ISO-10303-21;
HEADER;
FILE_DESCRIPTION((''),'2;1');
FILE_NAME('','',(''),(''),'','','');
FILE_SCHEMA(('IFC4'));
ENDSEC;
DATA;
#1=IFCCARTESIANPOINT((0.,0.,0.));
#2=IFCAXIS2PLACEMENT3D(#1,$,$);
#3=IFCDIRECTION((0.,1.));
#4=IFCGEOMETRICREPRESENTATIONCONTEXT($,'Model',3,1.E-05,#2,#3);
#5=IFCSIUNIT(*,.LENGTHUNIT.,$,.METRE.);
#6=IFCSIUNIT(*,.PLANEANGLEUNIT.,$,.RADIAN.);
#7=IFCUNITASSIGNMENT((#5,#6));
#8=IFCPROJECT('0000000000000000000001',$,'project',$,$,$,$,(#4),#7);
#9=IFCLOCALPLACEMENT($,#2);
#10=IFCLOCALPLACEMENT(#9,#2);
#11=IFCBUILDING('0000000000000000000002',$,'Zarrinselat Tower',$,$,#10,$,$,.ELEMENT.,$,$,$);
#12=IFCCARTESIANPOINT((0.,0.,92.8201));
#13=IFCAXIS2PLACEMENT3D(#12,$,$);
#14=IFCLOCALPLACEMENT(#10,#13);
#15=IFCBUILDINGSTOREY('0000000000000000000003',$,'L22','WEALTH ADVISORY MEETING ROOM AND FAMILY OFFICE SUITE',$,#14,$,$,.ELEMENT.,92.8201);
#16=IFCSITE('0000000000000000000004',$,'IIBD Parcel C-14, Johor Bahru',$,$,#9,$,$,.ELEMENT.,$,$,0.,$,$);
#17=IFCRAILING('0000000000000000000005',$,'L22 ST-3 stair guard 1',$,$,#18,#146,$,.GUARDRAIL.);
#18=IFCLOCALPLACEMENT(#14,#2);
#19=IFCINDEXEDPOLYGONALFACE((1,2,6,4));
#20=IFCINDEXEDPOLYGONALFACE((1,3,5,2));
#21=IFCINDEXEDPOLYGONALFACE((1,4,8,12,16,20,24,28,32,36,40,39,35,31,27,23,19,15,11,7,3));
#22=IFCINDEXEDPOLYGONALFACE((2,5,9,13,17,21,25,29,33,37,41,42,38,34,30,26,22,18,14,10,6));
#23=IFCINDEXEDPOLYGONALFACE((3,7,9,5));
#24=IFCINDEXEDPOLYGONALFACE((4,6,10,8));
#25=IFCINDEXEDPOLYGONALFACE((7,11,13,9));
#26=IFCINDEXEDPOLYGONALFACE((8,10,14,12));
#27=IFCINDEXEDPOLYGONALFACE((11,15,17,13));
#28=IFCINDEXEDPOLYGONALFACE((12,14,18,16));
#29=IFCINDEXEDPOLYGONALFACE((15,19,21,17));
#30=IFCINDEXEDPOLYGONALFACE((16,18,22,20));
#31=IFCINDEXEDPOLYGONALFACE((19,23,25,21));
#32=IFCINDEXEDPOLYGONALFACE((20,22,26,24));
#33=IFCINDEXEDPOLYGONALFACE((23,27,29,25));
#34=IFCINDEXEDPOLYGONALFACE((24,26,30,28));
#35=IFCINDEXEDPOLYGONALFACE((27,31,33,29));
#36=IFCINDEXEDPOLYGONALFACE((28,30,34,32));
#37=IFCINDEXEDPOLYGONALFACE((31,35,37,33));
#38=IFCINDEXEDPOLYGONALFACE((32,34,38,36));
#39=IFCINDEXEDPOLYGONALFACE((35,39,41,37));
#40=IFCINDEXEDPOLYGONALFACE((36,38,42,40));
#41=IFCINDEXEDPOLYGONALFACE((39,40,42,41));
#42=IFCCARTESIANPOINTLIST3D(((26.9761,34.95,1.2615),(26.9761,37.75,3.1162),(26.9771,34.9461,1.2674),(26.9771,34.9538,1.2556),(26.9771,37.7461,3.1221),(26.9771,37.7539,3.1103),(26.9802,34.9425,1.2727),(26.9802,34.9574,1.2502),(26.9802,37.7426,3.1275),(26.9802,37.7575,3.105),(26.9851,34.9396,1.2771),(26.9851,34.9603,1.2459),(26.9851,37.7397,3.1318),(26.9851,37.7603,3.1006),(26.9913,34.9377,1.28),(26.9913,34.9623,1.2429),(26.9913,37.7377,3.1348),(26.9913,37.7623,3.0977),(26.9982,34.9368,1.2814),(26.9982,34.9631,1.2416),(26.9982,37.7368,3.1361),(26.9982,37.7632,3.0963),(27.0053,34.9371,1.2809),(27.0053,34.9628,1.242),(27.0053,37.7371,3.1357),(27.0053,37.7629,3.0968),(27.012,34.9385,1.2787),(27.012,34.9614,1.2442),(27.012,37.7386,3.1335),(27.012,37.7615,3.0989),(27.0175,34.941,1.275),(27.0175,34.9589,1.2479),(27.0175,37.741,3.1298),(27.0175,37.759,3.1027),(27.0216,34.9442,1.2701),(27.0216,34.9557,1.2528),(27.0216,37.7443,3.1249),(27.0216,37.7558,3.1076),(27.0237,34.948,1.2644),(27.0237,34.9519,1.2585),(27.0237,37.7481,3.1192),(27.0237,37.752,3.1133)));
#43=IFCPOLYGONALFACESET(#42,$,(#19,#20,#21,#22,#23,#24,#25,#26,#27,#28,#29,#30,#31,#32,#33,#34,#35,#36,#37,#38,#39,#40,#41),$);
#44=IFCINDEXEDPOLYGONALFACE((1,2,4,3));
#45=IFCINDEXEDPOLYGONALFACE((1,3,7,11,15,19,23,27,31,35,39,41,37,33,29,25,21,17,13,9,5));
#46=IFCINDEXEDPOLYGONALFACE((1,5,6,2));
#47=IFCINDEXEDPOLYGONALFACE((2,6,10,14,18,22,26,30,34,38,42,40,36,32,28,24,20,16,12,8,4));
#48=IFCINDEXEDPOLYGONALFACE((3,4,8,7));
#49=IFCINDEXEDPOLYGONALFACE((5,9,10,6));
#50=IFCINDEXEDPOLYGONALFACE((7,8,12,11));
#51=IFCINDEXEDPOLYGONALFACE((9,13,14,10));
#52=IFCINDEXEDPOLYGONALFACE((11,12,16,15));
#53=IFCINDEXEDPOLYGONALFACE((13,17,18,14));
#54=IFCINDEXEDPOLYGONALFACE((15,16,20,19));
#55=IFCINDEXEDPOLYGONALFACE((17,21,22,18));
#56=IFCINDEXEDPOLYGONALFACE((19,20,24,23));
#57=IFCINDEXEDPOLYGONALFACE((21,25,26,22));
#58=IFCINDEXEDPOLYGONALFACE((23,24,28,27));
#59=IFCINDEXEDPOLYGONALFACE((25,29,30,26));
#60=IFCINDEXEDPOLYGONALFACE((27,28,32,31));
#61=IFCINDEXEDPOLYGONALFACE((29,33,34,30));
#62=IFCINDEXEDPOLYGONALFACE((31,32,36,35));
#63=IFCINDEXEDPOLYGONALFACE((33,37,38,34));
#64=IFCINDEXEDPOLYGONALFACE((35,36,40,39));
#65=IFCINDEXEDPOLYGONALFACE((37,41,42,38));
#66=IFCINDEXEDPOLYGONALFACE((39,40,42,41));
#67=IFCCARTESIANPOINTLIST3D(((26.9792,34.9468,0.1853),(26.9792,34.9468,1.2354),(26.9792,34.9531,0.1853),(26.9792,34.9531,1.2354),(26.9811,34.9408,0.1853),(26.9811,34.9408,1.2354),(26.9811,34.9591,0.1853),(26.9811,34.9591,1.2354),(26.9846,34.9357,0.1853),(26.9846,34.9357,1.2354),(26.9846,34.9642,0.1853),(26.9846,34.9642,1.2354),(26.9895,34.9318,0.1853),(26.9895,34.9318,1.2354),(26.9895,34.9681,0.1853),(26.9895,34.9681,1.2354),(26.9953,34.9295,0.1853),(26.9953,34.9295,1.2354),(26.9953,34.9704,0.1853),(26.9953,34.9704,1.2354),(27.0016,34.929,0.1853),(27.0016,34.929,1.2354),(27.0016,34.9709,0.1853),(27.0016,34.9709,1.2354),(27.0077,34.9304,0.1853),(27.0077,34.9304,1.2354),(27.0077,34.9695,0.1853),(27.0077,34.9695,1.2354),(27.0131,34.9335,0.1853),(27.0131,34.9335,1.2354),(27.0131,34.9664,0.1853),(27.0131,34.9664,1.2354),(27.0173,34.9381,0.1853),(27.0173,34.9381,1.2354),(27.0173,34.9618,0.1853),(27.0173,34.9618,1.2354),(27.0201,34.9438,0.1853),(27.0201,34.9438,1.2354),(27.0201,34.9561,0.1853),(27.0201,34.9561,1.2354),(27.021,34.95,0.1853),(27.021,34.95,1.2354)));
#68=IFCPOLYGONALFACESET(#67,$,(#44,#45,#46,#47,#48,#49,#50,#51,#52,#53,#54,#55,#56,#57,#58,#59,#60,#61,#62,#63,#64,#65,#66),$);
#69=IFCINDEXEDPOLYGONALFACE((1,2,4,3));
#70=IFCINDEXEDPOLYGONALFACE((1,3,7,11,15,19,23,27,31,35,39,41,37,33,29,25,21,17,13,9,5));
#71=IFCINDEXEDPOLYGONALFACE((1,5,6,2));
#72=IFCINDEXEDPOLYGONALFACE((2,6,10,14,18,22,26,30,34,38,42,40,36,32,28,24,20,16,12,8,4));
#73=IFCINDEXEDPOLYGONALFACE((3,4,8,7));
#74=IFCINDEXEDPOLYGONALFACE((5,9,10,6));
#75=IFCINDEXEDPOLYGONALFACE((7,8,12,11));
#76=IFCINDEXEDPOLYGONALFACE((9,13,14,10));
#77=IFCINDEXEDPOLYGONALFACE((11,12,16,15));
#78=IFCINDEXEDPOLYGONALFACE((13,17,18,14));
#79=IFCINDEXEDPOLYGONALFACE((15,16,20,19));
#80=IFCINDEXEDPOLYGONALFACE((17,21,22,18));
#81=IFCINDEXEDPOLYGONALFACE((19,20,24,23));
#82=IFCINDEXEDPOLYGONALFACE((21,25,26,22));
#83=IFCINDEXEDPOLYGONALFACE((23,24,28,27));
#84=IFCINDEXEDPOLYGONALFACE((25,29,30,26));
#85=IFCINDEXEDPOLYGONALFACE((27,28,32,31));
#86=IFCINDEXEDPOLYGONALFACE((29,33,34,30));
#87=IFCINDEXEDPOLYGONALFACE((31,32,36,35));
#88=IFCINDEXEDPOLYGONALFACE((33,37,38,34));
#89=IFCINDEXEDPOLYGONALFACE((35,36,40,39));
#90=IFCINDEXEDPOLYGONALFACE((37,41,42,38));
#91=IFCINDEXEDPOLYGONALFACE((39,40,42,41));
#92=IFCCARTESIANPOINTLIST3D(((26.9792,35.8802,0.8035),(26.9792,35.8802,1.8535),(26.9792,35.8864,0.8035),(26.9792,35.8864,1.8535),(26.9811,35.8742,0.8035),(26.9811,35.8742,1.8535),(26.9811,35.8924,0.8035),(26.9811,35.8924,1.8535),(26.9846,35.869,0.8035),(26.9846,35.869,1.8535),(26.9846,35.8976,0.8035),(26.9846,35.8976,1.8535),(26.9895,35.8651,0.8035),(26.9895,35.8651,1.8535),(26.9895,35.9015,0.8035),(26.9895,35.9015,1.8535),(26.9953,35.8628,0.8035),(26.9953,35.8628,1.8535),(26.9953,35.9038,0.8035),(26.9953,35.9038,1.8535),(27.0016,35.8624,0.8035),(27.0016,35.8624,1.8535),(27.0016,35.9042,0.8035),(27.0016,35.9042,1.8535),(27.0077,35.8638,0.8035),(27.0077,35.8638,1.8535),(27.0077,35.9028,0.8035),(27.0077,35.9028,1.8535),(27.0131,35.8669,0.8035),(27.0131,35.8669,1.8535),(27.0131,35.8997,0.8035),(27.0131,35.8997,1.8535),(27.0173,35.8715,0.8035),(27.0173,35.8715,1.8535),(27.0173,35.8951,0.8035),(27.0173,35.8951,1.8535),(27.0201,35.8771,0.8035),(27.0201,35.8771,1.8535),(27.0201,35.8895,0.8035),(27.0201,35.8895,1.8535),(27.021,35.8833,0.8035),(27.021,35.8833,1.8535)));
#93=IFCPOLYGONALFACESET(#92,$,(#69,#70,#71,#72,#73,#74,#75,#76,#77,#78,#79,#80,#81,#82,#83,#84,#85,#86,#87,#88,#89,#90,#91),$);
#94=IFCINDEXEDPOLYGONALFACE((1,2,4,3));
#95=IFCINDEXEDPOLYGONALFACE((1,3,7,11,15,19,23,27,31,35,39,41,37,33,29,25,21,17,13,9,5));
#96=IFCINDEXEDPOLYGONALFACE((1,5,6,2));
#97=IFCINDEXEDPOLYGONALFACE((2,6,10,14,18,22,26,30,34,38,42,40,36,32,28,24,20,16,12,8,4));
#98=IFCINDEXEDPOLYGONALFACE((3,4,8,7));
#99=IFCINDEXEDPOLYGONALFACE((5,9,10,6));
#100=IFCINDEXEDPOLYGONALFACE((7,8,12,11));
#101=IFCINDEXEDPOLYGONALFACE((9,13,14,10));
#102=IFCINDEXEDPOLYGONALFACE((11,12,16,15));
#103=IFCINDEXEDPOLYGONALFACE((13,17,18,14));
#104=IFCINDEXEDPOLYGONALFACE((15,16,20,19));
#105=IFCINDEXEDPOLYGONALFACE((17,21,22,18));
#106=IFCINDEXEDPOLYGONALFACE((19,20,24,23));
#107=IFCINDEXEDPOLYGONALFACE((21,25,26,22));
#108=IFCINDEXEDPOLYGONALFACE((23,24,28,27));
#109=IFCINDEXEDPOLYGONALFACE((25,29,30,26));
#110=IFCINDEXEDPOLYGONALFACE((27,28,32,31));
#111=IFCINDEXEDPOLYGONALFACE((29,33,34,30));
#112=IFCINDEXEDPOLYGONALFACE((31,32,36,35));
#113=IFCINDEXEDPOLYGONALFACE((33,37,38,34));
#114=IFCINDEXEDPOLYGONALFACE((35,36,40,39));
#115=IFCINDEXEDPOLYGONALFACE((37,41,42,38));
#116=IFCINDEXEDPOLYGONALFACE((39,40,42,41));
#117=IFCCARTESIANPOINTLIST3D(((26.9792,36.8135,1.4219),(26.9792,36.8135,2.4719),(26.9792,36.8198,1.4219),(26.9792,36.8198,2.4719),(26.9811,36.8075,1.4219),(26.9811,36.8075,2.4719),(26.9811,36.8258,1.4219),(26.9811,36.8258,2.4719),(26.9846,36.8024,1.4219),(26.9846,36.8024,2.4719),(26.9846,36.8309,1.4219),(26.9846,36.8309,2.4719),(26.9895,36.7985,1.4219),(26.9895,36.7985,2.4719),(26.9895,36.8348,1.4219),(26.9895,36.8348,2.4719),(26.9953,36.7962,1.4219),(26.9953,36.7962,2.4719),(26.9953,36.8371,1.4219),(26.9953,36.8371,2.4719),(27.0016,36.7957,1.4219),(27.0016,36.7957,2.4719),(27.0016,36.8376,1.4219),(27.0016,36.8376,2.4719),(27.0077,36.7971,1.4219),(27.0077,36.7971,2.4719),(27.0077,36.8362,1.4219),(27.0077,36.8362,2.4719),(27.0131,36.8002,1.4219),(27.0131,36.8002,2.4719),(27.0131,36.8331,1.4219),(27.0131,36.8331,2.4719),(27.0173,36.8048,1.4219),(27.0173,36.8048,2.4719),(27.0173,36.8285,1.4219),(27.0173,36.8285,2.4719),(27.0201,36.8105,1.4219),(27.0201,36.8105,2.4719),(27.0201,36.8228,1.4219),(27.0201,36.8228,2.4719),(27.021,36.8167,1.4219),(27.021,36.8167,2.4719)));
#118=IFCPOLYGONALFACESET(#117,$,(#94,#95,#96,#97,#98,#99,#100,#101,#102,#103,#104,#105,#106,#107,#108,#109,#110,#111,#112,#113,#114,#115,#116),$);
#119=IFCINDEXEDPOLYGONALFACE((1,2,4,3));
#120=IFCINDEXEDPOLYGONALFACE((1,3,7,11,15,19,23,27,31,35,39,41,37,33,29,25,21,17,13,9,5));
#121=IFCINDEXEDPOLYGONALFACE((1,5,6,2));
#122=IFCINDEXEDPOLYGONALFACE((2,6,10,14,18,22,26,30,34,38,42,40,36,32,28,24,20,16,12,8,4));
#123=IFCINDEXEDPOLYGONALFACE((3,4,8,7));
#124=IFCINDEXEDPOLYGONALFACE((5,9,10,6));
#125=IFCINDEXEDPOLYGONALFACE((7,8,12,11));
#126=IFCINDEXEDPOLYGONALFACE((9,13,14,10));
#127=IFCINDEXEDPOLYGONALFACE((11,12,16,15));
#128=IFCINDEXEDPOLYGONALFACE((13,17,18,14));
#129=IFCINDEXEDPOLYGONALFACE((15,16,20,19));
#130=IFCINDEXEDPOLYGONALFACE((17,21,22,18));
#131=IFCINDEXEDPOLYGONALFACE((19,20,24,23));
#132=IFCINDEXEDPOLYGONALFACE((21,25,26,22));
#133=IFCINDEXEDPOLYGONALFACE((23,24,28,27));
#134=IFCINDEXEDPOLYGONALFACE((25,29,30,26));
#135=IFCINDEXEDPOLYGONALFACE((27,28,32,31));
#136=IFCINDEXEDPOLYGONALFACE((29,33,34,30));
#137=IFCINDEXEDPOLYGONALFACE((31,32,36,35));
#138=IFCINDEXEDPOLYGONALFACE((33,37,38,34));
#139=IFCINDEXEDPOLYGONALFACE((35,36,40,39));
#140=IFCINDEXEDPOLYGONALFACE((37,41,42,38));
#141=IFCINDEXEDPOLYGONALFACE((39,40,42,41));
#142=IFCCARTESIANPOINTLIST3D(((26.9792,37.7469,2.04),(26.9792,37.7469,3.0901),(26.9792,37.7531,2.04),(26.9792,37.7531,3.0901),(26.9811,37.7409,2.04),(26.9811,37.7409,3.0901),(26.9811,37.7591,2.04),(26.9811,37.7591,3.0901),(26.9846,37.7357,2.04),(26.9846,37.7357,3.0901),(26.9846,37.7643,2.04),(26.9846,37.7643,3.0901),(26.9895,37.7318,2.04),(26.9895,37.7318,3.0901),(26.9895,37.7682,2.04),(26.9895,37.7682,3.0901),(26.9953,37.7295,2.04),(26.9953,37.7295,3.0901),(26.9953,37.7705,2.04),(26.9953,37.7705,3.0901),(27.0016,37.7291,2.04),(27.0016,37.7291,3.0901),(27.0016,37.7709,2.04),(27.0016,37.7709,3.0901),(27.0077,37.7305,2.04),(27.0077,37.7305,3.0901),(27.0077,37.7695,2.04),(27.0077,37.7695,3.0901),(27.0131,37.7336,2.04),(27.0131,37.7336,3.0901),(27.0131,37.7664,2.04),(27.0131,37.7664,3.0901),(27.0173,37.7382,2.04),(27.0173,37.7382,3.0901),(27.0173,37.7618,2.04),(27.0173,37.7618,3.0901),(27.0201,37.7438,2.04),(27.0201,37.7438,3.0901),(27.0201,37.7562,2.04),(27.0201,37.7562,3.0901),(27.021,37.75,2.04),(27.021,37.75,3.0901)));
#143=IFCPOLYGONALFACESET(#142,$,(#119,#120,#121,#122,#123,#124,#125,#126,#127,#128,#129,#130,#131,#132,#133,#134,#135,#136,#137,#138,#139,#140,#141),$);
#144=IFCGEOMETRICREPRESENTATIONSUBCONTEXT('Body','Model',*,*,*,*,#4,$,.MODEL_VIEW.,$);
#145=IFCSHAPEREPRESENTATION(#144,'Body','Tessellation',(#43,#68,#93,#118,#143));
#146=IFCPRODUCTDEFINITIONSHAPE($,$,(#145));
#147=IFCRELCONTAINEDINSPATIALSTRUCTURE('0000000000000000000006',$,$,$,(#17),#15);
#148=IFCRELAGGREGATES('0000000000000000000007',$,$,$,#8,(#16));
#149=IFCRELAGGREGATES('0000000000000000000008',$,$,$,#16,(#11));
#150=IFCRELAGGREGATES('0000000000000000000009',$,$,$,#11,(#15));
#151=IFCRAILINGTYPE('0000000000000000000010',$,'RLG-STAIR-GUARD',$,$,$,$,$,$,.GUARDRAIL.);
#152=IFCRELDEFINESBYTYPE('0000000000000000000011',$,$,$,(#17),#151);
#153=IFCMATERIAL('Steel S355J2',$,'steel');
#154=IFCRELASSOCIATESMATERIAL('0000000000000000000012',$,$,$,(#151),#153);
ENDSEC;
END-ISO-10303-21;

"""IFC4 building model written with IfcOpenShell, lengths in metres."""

from ifc_helpers import new_model, si_unit, direction, frame, origin, origin_2d, place, context, subcontext, project, spatial, circle, extrude, material, type_object, element, save


model = new_model("IFC4")

# Units and contexts
model_context = context("Model", 3, precision=1e-05, world=origin(), true_north=direction((0.0, 1.0)))
body_context = subcontext(model_context, "Body", "Model", "MODEL_VIEW")
ifc_project = project(units=[si_unit("LENGTHUNIT", "METRE"), si_unit("PLANEANGLEUNIT", "RADIAN")], contexts=[model_context])

# Site, building, storey
site_placement = place(None, origin())
site = spatial("IfcSite", under=ifc_project, at=site_placement, Name="IIBD Parcel C-14, Johor Bahru", CompositionType="ELEMENT", RefElevation=0.0)
building_placement = place(site_placement, origin())
building = spatial("IfcBuilding", under=site, at=building_placement, Name="Zarrinselat Tower", CompositionType="ELEMENT")
storey_placement = place(building_placement, frame((0.0, 0.0, 92.8201)))
storey = spatial("IfcBuildingStorey", under=building, at=storey_placement, Name="L22", Description="WEALTH ADVISORY MEETING ROOM AND FAMILY OFFICE SUITE", CompositionType="ELEMENT", Elevation=92.8201)

# Railing
ifc_material_1 = material(Name="Steel S355J2", Category="steel")
railing_type_1 = type_object("IfcRailingType", Name="RLG-STAIR-GUARD", PredefinedType="GUARDRAIL", material=ifc_material_1)
railing_1_placement = place(storey_placement, frame((27.0, 34.95, 0.1853)))
element("IfcRailing", 1, at=railing_1_placement, inside=storey, type_object=railing_type_1, Name="L22 ST-3 stair guard 1", PredefinedType="GUARDRAIL", context=body_context, shape_type="SweptSolid", body=[
    extrude(circle(Radius=0.0239, at=origin_2d()), frame((0.0, 0.0, 1.0762), z_axis=(0.0, 0.833691, 0.552232), x_axis=(-1.0, 0.0, 0.0)), (0.0, 0.0, 1.0), 3.3586),
    extrude(circle(Radius=0.021, at=origin_2d()), origin(), (0.0, 0.0, 1.0), 1.05),
    extrude(circle(Radius=0.021, at=origin_2d()), frame((0.0, 0.9333, 0.6182)), (0.0, 0.0, 1.0), 1.05),
    extrude(circle(Radius=0.021, at=origin_2d()), frame((0.0, 1.8667, 1.2366)), (0.0, 0.0, 1.0), 1.05),
    extrude(circle(Radius=0.021, at=origin_2d()), frame((0.0, 2.8, 1.8547)), (0.0, 0.0, 1.0), 1.05),
])

save(model, "model.ifc")
